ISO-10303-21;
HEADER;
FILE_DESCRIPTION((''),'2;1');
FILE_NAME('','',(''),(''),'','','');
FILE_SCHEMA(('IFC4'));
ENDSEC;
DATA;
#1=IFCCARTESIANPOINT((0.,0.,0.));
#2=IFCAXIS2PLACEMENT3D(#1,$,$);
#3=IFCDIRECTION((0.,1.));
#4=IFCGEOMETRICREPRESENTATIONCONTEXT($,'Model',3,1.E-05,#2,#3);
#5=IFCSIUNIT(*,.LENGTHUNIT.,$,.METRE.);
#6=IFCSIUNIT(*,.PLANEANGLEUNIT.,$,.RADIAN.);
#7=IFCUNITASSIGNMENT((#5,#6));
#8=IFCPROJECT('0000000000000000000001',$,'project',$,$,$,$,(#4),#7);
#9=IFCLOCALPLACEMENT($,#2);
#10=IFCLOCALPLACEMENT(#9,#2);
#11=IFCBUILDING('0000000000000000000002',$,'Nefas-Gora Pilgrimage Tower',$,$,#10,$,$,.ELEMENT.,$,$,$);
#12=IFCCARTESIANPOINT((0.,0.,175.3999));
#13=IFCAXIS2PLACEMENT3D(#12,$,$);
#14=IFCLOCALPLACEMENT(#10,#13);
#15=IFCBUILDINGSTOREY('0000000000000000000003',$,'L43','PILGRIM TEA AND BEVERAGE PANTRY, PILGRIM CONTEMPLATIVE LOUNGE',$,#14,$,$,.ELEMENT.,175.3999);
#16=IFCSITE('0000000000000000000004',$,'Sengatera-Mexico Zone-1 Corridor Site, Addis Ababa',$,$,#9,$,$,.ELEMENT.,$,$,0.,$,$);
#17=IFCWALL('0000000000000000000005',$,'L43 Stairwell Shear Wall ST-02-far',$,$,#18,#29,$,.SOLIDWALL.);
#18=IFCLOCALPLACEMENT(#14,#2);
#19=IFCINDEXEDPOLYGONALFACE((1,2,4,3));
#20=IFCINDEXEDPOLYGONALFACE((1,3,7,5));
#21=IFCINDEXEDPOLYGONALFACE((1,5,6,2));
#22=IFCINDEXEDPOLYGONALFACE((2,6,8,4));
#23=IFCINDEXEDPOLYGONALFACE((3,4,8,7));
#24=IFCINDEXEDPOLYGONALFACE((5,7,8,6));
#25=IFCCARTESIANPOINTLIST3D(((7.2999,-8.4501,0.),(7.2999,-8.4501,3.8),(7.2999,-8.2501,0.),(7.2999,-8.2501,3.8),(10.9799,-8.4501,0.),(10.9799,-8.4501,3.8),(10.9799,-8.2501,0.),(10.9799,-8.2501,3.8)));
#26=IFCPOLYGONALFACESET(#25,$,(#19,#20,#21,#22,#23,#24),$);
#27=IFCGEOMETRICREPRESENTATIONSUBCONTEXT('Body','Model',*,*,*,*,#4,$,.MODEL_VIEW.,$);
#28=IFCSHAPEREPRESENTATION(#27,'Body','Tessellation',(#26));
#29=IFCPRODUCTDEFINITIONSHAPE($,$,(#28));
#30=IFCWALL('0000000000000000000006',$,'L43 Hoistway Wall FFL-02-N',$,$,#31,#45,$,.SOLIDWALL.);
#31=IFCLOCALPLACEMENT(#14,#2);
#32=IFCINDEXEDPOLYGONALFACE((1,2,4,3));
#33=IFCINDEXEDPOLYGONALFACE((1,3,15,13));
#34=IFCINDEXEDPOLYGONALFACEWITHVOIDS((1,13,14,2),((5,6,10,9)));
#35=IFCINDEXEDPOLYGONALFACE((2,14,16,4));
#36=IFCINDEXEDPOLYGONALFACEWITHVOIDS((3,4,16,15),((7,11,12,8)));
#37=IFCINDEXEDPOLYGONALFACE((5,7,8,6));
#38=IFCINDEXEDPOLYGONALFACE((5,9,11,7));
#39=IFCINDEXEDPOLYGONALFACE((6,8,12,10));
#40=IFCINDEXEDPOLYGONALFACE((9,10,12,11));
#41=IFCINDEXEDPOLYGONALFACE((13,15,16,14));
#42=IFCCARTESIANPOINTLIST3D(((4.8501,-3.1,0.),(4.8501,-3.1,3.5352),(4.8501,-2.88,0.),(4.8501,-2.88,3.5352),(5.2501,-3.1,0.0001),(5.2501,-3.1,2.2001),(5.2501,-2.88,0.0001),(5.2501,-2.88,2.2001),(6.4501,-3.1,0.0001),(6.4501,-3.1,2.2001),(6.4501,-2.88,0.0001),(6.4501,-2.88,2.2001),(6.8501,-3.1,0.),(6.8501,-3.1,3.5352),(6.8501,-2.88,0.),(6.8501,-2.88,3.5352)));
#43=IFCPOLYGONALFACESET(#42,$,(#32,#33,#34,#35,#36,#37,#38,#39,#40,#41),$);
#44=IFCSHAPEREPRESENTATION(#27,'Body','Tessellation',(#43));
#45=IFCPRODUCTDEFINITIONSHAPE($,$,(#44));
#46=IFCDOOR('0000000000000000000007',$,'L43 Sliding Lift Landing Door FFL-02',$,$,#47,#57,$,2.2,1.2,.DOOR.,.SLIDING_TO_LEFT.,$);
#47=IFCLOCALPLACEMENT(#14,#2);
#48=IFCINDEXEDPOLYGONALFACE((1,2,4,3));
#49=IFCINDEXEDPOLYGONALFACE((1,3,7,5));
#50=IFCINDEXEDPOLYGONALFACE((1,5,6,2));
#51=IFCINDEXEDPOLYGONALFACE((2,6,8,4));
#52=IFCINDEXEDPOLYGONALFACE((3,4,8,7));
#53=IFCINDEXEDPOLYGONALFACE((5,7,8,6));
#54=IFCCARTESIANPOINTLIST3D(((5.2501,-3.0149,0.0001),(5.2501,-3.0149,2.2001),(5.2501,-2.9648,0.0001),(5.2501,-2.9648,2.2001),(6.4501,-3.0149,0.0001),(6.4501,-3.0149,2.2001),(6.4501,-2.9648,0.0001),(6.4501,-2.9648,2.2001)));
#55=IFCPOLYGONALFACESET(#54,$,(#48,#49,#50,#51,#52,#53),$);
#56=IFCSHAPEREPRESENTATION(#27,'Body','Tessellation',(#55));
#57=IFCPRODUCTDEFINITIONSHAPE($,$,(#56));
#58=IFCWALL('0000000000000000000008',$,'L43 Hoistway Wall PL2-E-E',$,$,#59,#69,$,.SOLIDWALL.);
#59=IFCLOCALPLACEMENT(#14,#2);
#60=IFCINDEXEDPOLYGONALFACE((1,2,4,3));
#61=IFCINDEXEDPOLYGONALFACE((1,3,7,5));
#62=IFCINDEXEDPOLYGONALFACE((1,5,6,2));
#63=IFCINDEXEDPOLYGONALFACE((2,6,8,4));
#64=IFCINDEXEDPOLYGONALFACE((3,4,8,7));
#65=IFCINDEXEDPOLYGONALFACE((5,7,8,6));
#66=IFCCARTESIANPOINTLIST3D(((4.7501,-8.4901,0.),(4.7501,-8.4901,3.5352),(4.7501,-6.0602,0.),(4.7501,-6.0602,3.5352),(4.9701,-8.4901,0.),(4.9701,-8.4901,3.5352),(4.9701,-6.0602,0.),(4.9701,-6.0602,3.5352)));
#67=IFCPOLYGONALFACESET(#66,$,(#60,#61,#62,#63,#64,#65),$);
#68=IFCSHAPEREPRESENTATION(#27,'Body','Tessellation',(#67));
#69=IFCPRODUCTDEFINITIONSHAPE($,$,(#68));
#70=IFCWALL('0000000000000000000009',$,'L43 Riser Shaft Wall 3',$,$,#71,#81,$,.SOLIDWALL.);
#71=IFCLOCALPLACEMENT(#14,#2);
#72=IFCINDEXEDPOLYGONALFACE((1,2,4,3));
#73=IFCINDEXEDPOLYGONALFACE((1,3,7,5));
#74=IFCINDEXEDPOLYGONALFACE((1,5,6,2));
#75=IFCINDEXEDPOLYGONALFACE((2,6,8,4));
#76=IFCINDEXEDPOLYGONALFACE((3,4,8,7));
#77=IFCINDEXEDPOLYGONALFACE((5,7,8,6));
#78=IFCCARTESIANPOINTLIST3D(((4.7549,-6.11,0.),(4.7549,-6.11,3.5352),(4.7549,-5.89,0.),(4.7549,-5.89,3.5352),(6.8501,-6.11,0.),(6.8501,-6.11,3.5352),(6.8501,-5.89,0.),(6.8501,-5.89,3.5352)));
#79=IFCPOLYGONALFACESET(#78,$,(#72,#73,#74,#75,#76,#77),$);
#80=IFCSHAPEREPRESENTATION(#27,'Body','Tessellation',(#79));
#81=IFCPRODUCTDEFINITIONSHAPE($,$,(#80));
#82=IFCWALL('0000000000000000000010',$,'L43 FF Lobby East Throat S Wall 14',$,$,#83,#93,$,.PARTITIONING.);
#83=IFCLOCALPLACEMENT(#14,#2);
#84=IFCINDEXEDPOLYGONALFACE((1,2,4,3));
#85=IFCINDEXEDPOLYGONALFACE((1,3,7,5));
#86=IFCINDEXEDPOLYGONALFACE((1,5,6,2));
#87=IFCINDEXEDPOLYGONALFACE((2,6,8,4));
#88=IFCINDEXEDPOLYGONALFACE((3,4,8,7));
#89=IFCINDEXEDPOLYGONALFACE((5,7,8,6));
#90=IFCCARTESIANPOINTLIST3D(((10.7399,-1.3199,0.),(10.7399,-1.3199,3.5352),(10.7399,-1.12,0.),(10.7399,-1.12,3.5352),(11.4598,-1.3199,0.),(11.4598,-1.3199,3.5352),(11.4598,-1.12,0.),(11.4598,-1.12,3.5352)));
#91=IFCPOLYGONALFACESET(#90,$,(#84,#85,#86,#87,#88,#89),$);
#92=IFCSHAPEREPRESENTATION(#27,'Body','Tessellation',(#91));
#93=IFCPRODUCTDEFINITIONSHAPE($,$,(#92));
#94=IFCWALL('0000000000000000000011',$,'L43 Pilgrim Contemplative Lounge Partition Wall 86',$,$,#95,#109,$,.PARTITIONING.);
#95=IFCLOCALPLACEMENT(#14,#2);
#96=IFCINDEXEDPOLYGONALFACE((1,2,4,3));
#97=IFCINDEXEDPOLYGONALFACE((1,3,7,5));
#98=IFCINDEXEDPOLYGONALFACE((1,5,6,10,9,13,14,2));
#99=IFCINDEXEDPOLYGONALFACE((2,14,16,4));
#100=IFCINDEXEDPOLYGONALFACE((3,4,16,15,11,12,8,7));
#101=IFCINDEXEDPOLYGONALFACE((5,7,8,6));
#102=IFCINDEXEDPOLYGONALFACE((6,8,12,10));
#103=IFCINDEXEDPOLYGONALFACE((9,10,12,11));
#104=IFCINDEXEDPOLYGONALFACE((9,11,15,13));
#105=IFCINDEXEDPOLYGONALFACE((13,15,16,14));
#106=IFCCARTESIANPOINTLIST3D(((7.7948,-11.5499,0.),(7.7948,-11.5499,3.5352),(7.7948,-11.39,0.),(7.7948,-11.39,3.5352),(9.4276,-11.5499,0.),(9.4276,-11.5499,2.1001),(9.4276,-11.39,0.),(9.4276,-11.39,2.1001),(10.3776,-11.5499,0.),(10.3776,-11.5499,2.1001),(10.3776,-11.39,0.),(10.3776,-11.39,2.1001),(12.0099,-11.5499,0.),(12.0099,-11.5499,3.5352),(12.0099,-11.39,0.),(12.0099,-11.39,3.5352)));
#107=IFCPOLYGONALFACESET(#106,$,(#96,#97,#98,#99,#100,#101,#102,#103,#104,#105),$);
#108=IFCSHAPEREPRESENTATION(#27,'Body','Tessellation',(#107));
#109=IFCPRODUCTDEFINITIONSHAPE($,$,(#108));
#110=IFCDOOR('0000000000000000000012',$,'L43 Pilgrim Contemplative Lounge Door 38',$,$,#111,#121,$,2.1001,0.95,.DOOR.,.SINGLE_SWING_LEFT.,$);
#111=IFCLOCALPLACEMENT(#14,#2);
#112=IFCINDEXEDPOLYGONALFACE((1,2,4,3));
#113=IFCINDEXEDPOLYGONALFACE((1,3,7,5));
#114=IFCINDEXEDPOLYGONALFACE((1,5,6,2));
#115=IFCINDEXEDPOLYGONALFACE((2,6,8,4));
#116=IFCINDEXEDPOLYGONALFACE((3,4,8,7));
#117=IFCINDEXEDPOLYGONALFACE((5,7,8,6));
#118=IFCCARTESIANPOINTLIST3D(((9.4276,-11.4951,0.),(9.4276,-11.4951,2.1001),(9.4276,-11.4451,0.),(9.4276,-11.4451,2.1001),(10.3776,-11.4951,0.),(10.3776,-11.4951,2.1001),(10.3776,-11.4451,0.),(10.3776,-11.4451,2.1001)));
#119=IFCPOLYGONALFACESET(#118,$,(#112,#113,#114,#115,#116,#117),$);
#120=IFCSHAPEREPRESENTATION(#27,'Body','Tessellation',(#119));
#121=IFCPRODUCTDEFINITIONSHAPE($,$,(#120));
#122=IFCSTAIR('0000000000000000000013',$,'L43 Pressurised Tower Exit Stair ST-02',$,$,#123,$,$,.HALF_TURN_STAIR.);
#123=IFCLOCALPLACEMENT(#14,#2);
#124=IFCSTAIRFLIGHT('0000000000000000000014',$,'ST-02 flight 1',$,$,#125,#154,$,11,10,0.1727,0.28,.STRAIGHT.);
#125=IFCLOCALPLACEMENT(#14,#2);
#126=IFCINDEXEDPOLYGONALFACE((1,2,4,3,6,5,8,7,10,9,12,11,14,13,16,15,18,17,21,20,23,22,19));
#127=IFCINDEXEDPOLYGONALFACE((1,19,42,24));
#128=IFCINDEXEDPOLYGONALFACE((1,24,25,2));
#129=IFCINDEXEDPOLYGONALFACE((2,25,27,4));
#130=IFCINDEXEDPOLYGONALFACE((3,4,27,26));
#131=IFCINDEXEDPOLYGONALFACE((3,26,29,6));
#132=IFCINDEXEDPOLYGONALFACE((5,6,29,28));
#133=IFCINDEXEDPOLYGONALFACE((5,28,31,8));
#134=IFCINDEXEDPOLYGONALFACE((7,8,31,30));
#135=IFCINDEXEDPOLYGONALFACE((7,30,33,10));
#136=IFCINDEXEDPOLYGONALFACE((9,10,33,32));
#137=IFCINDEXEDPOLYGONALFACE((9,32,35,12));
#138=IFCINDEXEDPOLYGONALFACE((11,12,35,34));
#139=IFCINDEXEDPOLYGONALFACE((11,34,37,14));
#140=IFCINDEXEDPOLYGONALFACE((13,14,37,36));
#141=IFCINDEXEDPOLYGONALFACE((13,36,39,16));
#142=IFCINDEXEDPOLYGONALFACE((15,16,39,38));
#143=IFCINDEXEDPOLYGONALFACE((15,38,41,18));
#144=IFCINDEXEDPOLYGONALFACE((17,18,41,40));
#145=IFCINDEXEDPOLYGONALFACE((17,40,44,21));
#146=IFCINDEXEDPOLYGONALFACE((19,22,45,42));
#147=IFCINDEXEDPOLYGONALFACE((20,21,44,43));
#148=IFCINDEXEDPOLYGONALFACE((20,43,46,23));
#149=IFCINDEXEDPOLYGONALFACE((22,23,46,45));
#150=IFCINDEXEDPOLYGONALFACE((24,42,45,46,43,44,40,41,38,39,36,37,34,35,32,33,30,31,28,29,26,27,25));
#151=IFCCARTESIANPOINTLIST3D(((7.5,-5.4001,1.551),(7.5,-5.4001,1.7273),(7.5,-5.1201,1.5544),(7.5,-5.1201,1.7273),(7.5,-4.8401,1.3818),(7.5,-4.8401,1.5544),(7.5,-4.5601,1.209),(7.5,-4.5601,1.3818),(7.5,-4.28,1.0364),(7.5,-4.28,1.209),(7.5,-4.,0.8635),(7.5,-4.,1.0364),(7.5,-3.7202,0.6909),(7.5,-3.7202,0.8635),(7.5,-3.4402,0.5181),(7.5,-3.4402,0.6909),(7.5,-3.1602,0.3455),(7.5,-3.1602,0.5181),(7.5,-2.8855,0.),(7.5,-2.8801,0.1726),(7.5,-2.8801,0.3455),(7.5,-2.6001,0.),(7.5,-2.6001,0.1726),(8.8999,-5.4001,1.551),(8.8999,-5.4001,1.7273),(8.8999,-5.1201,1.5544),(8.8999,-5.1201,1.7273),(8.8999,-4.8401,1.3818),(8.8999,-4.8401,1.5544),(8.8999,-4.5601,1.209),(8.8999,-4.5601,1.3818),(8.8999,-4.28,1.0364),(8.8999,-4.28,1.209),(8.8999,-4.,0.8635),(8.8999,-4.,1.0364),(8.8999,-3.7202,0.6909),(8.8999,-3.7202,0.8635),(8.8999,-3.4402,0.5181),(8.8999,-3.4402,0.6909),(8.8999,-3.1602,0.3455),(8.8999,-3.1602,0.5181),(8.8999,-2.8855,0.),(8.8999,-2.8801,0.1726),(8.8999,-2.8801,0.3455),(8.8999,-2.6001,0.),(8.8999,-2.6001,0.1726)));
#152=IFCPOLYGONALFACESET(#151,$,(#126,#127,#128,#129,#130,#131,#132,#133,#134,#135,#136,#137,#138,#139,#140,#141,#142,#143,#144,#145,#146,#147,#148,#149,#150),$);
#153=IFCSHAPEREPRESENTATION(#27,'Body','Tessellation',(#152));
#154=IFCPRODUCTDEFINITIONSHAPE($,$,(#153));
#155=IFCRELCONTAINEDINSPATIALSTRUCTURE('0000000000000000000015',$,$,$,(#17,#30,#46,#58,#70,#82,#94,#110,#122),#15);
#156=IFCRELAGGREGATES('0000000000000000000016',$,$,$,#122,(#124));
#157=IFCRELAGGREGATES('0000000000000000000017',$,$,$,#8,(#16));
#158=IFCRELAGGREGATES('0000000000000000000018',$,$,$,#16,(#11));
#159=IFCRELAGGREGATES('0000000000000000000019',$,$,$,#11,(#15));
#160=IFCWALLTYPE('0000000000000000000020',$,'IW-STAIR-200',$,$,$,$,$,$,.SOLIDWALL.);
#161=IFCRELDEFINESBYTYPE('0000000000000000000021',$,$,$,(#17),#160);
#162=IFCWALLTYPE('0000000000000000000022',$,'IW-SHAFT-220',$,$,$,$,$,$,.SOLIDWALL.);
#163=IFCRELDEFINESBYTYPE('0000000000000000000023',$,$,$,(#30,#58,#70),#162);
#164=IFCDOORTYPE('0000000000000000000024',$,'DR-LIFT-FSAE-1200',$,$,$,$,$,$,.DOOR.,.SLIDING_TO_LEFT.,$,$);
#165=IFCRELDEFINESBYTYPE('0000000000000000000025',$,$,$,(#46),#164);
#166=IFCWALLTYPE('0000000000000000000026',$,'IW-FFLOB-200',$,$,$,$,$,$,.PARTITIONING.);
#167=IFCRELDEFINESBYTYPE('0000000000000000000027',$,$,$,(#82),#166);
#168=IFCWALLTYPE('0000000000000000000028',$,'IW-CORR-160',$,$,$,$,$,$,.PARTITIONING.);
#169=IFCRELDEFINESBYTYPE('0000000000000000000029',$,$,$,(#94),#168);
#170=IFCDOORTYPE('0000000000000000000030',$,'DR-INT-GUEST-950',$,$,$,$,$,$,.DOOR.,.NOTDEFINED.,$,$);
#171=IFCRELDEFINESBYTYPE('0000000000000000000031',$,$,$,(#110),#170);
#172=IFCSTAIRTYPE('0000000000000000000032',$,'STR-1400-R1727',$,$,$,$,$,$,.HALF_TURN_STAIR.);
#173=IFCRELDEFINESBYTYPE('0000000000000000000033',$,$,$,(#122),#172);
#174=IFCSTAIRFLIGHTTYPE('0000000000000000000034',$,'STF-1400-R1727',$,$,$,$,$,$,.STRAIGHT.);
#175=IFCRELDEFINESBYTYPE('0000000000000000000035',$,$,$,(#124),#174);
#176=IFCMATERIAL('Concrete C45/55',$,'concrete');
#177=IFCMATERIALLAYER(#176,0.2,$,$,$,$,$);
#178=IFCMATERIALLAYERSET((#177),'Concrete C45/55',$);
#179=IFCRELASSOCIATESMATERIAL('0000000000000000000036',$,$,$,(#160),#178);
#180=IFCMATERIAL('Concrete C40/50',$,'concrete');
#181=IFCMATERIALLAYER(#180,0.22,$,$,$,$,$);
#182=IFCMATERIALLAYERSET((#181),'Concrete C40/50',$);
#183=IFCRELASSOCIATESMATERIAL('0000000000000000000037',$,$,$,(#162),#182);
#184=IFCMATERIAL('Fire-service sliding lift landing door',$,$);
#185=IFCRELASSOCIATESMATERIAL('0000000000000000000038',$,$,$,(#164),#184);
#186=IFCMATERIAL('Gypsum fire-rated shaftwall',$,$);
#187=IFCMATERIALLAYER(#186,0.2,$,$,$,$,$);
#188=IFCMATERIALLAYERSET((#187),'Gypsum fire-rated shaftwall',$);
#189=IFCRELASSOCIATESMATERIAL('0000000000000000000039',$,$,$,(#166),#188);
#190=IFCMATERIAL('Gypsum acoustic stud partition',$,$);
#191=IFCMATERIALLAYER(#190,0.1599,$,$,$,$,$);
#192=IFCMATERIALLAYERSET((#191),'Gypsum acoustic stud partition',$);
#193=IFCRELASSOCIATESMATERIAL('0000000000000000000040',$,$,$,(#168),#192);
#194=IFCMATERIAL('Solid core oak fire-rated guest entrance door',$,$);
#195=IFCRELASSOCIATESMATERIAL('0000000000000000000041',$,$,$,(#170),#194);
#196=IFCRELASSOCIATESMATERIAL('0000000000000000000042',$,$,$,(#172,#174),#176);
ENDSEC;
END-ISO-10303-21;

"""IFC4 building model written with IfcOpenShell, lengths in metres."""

from ifc_helpers import new_model, si_unit, direction, frame, frame_2d, origin, place, context, subcontext, project, spatial, polyline, rectangle, outline, extrude, source, transform, mapped, material, layer, layer_set, type_object, element, fill, aggregate, save


model = new_model("IFC4")

# Units and contexts
model_context = context("Model", 3, precision=1e-05, world=origin(), true_north=direction((0.0, 1.0)))
body_context = subcontext(model_context, "Body", "Model", "MODEL_VIEW")
ifc_project = project(units=[si_unit("LENGTHUNIT", "METRE"), si_unit("PLANEANGLEUNIT", "RADIAN")], contexts=[model_context])

# Site, building, storey
site_placement = place(None, origin())
site = spatial("IfcSite", under=ifc_project, at=site_placement, Name="Sengatera-Mexico Zone-1 Corridor Site, Addis Ababa", CompositionType="ELEMENT", RefElevation=0.0)
building_placement = place(site_placement, origin())
building = spatial("IfcBuilding", under=site, at=building_placement, Name="Nefas-Gora Pilgrimage Tower", CompositionType="ELEMENT")
storey_placement = place(building_placement, frame((0.0, 0.0, 175.3999)))
storey = spatial("IfcBuildingStorey", under=building, at=storey_placement, Name="L43", Description="PILGRIM TEA AND BEVERAGE PANTRY, PILGRIM CONTEMPLATIVE LOUNGE", CompositionType="ELEMENT", Elevation=175.3999)

# Wall
ifc_material_1 = material(Name="Concrete C45/55", Category="concrete")
ifc_layer_1 = layer(ifc_material_1, 0.2)
ifc_layer_set_1 = layer_set([ifc_layer_1], Name="Concrete C45/55")
wall_type_1 = type_object("IfcWallType", Name="IW-STAIR-200", PredefinedType="SOLIDWALL", material=ifc_layer_set_1)
shared_shape_1 = source(origin(), body_context, "Body", "SweptSolid", [
    extrude(rectangle(XDim=3.6799, YDim=0.2, at=frame_2d((1.8398, 0.0))), origin(), (0.0, 0.0, 1.0), 3.8),
])
wall_1_placement = place(storey_placement, frame((7.3, -8.3501, 0.0), z_axis=(0.0, 0.0, 1.0), x_axis=(1.0, 0.0, 0.0)))
element("IfcWall", 1, at=wall_1_placement, inside=storey, type_object=wall_type_1, Name="L43 Stairwell Shear Wall ST-02-far", PredefinedType="SOLIDWALL", context=body_context, shape_type="MappedRepresentation", body=[
    mapped(shared_shape_1, transform((0.0, 0.0, 0.0), x_axis=(1.0, 0.0, 0.0), y_axis=(0.0, 1.0, 0.0), z_axis=(0.0, 0.0, 1.0), scale=1.0)),
])

# Wall, opening, door
ifc_material_2 = material(Name="Concrete C40/50", Category="concrete")
ifc_layer_2 = layer(ifc_material_2, 0.22)
ifc_layer_set_2 = layer_set([ifc_layer_2], Name="Concrete C40/50")
wall_type_2 = type_object("IfcWallType", Name="IW-SHAFT-220", PredefinedType="SOLIDWALL", material=ifc_layer_set_2)
shared_shape_2 = source(origin(), body_context, "Body", "SweptSolid", [
    extrude(rectangle(XDim=2.0, YDim=0.22, at=frame_2d((1.0, 0.0))), origin(), (0.0, 0.0, 1.0), 3.5352),
])
wall_2_placement = place(storey_placement, frame((6.8501, -2.99, 0.0), z_axis=(0.0, 0.0, 1.0), x_axis=(-1.0, 0.0, 0.0)))
wall_2 = element("IfcWall", 2, at=wall_2_placement, inside=storey, type_object=wall_type_2, Name="L43 Hoistway Wall FFL-02-N", PredefinedType="SOLIDWALL", context=body_context, shape_type="MappedRepresentation", body=[
    mapped(shared_shape_2, transform((0.0, 0.0, 0.0), x_axis=(1.0, 0.0, 0.0), y_axis=(0.0, 1.0, 0.0), z_axis=(0.0, 0.0, 1.0), scale=1.0)),
])
opening_1_placement = place(wall_2_placement, frame((0.3999, 0.0, 0.0)))
opening_1 = element("IfcOpeningElement", 3, at=opening_1_placement, cuts=wall_2, PredefinedType="OPENING", context=body_context, shape_type="SweptSolid", body=[
    extrude(rectangle(XDim=1.2, YDim=2.2, at=frame_2d((0.6001, 1.1001))), frame((0.0, 0.1199, 0.0), z_axis=(0.0, -1.0, 0.0), x_axis=(1.0, 0.0, 0.0)), (0.0, 0.0, 1.0), 0.24),
])
ifc_material_3 = material(Name="Fire-service sliding lift landing door")
door_type_1 = type_object("IfcDoorType", Name="DR-LIFT-FSAE-1200", OperationType="SLIDING_TO_LEFT", PredefinedType="DOOR", material=ifc_material_3)
shared_shape_3 = source(origin(), body_context, "Body", "SweptSolid", [
    extrude(rectangle(XDim=1.2, YDim=2.2, at=frame_2d((0.6001, 1.1001))), frame((0.0, 0.0249, 0.0), z_axis=(0.0, -1.0, 0.0), x_axis=(1.0, 0.0, 0.0)), (0.0, 0.0, 1.0), 0.05),
])
door_1_placement = place(opening_1_placement, origin())
door_1 = element("IfcDoor", 4, at=door_1_placement, inside=storey, type_object=door_type_1, Name="L43 Sliding Lift Landing Door FFL-02", OperationType="SLIDING_TO_LEFT", OverallHeight=2.2, OverallWidth=1.2, PredefinedType="DOOR", context=body_context, shape_type="MappedRepresentation", body=[
    mapped(shared_shape_3, transform((0.0, 0.0, 0.0), x_axis=(1.0, 0.0, 0.0), y_axis=(0.0, 1.0, 0.0), z_axis=(0.0, 0.0, 1.0), scale=1.0)),
])
fill(opening_1, door_1)

# Walls
shared_shape_4 = source(origin(), body_context, "Body", "SweptSolid", [
    extrude(rectangle(XDim=2.4299, YDim=0.22, at=frame_2d((1.2148, 0.0))), origin(), (0.0, 0.0, 1.0), 3.5352),
])
wall_3_placement = place(storey_placement, frame((4.8601, -8.49, 0.0), z_axis=(0.0, 0.0, 1.0), x_axis=(0.0, 1.0, 0.0)))
element("IfcWall", 5, at=wall_3_placement, inside=storey, type_object=wall_type_2, Name="L43 Hoistway Wall PL2-E-E", PredefinedType="SOLIDWALL", context=body_context, shape_type="MappedRepresentation", body=[
    mapped(shared_shape_4, transform((0.0, 0.0, 0.0), x_axis=(1.0, 0.0, 0.0), y_axis=(0.0, 1.0, 0.0), z_axis=(0.0, 0.0, 1.0), scale=1.0)),
])
shared_shape_5 = source(origin(), body_context, "Body", "SweptSolid", [
    extrude(rectangle(XDim=2.0952, YDim=0.22, at=frame_2d((1.0476, 0.0))), origin(), (0.0, 0.0, 1.0), 3.5352),
])
wall_4_placement = place(storey_placement, frame((4.7549, -6.0, 0.0), z_axis=(0.0, 0.0, 1.0), x_axis=(1.0, 0.0, 0.0)))
element("IfcWall", 6, at=wall_4_placement, inside=storey, type_object=wall_type_2, Name="L43 Riser Shaft Wall 3", PredefinedType="SOLIDWALL", context=body_context, shape_type="MappedRepresentation", body=[
    mapped(shared_shape_5, transform((0.0, 0.0, 0.0), x_axis=(1.0, 0.0, 0.0), y_axis=(0.0, 1.0, 0.0), z_axis=(0.0, 0.0, 1.0), scale=1.0)),
])
ifc_material_4 = material(Name="Gypsum fire-rated shaftwall")
ifc_layer_3 = layer(ifc_material_4, 0.2)
ifc_layer_set_3 = layer_set([ifc_layer_3], Name="Gypsum fire-rated shaftwall")
wall_type_3 = type_object("IfcWallType", Name="IW-FFLOB-200", PredefinedType="PARTITIONING", material=ifc_layer_set_3)
shared_shape_6 = source(origin(), body_context, "Body", "SweptSolid", [
    extrude(rectangle(XDim=0.72, YDim=0.2, at=frame_2d((0.3599, 0.0))), origin(), (0.0, 0.0, 1.0), 3.5352),
])
wall_5_placement = place(storey_placement, frame((10.74, -1.22, 0.0), z_axis=(0.0, 0.0, 1.0), x_axis=(1.0, 0.0, 0.0)))
element("IfcWall", 7, at=wall_5_placement, inside=storey, type_object=wall_type_3, Name="L43 FF Lobby East Throat S Wall 14", PredefinedType="PARTITIONING", context=body_context, shape_type="MappedRepresentation", body=[
    mapped(shared_shape_6, transform((0.0, 0.0, 0.0), x_axis=(1.0, 0.0, 0.0), y_axis=(0.0, 1.0, 0.0), z_axis=(0.0, 0.0, 1.0), scale=1.0)),
])

# Wall, opening, door
ifc_material_5 = material(Name="Gypsum acoustic stud partition")
ifc_layer_4 = layer(ifc_material_5, 0.1599)
ifc_layer_set_4 = layer_set([ifc_layer_4], Name="Gypsum acoustic stud partition")
wall_type_4 = type_object("IfcWallType", Name="IW-CORR-160", PredefinedType="PARTITIONING", material=ifc_layer_set_4)
shared_shape_7 = source(origin(), body_context, "Body", "SweptSolid", [
    extrude(rectangle(XDim=4.2151, YDim=0.1599, at=frame_2d((2.1074, 0.0))), origin(), (0.0, 0.0, 1.0), 3.5352),
])
wall_6_placement = place(storey_placement, frame((7.7949, -11.47, 0.0), z_axis=(0.0, 0.0, 1.0), x_axis=(1.0, 0.0, 0.0)))
wall_6 = element("IfcWall", 8, at=wall_6_placement, inside=storey, type_object=wall_type_4, Name="L43 Pilgrim Contemplative Lounge Partition Wall 86", PredefinedType="PARTITIONING", context=body_context, shape_type="MappedRepresentation", body=[
    mapped(shared_shape_7, transform((0.0, 0.0, 0.0), x_axis=(1.0, 0.0, 0.0), y_axis=(0.0, 1.0, 0.0), z_axis=(0.0, 0.0, 1.0), scale=1.0)),
])
opening_2_placement = place(wall_6_placement, frame((1.6326, 0.0, 0.0)))
opening_2 = element("IfcOpeningElement", 9, at=opening_2_placement, cuts=wall_6, PredefinedType="OPENING", context=body_context, shape_type="SweptSolid", body=[
    extrude(rectangle(XDim=0.95, YDim=2.1001, at=frame_2d((0.4751, 1.05))), frame((0.0, 0.0898, 0.0), z_axis=(0.0, -1.0, 0.0), x_axis=(1.0, 0.0, 0.0)), (0.0, 0.0, 1.0), 0.1799),
])
ifc_material_6 = material(Name="Solid core oak fire-rated guest entrance door")
door_type_2 = type_object("IfcDoorType", Name="DR-INT-GUEST-950", OperationType="NOTDEFINED", PredefinedType="DOOR", material=ifc_material_6)
shared_shape_8 = source(origin(), body_context, "Body", "SweptSolid", [
    extrude(rectangle(XDim=0.95, YDim=2.1001, at=frame_2d((0.4751, 1.05))), frame((0.0, 0.0249, 0.0), z_axis=(0.0, -1.0, 0.0), x_axis=(1.0, 0.0, 0.0)), (0.0, 0.0, 1.0), 0.05),
])
door_2_placement = place(opening_2_placement, origin())
door_2 = element("IfcDoor", 10, at=door_2_placement, inside=storey, type_object=door_type_2, Name="L43 Pilgrim Contemplative Lounge Door 38", OperationType="SINGLE_SWING_LEFT", OverallHeight=2.1001, OverallWidth=0.95, PredefinedType="DOOR", context=body_context, shape_type="MappedRepresentation", body=[
    mapped(shared_shape_8, transform((0.0, 0.0, 0.0), x_axis=(1.0, 0.0, 0.0), y_axis=(0.0, 1.0, 0.0), z_axis=(0.0, 0.0, 1.0), scale=1.0)),
])
fill(opening_2, door_2)

# Stair, stair flight
stair_type = type_object("IfcStairType", Name="STR-1400-R1727", PredefinedType="HALF_TURN_STAIR", material=ifc_material_1)
stair_placement = place(storey_placement, origin())
stair = element("IfcStair", 11, at=stair_placement, inside=storey, type_object=stair_type, Name="L43 Pressurised Tower Exit Stair ST-02", PredefinedType="HALF_TURN_STAIR")
stair_flight_type = type_object("IfcStairFlightType", Name="STF-1400-R1727", PredefinedType="STRAIGHT", material=ifc_material_1)
shared_shape_9 = source(origin(), body_context, "Body", "SweptSolid", [
    extrude(outline(polyline([(0.0, 0.0), (0.0, 0.1726), (0.28, 0.1726), (0.28, 0.3455), (0.5601, 0.3455), (0.5601, 0.5181), (0.8401, 0.5181), (0.8401, 0.6909), (1.1201, 0.6909), (1.1201, 0.8635), (1.3999, 0.8635), (1.3999, 1.0364), (1.6799, 1.0364), (1.6799, 1.209), (1.96, 1.209), (1.96, 1.3818), (2.24, 1.3818), (2.24, 1.5544), (2.52, 1.5544), (2.52, 1.7273), (2.8, 1.7273), (2.8, 1.8999), (2.8, 1.551), (0.2854, 0.0), (0.0, 0.0)])), frame((0.0, 0.7, 0.0), z_axis=(0.0, -1.0, 0.0), x_axis=(1.0, 0.0, 0.0)), (0.0, 0.0, 1.0), 1.3999),
])
stair_flight_1_placement = place(storey_placement, frame((8.2, -2.6001, 0.0), z_axis=(0.0, 0.0, 1.0), x_axis=(0.0, -1.0, 0.0)))
stair_flight_1 = element("IfcStairFlight", 12, at=stair_flight_1_placement, type_object=stair_flight_type, Name="ST-02 flight 1", NumberOfRisers=11, NumberOfTreads=10, PredefinedType="STRAIGHT", RiserHeight=0.1727, TreadLength=0.28, context=body_context, shape_type="MappedRepresentation", body=[
    mapped(shared_shape_9, transform((0.0, 0.0, 0.0), x_axis=(1.0, 0.0, 0.0), y_axis=(0.0, 1.0, 0.0), z_axis=(0.0, 0.0, 1.0), scale=1.0)),
])
aggregate(stair, [stair_flight_1])

save(model, "model.ifc")
